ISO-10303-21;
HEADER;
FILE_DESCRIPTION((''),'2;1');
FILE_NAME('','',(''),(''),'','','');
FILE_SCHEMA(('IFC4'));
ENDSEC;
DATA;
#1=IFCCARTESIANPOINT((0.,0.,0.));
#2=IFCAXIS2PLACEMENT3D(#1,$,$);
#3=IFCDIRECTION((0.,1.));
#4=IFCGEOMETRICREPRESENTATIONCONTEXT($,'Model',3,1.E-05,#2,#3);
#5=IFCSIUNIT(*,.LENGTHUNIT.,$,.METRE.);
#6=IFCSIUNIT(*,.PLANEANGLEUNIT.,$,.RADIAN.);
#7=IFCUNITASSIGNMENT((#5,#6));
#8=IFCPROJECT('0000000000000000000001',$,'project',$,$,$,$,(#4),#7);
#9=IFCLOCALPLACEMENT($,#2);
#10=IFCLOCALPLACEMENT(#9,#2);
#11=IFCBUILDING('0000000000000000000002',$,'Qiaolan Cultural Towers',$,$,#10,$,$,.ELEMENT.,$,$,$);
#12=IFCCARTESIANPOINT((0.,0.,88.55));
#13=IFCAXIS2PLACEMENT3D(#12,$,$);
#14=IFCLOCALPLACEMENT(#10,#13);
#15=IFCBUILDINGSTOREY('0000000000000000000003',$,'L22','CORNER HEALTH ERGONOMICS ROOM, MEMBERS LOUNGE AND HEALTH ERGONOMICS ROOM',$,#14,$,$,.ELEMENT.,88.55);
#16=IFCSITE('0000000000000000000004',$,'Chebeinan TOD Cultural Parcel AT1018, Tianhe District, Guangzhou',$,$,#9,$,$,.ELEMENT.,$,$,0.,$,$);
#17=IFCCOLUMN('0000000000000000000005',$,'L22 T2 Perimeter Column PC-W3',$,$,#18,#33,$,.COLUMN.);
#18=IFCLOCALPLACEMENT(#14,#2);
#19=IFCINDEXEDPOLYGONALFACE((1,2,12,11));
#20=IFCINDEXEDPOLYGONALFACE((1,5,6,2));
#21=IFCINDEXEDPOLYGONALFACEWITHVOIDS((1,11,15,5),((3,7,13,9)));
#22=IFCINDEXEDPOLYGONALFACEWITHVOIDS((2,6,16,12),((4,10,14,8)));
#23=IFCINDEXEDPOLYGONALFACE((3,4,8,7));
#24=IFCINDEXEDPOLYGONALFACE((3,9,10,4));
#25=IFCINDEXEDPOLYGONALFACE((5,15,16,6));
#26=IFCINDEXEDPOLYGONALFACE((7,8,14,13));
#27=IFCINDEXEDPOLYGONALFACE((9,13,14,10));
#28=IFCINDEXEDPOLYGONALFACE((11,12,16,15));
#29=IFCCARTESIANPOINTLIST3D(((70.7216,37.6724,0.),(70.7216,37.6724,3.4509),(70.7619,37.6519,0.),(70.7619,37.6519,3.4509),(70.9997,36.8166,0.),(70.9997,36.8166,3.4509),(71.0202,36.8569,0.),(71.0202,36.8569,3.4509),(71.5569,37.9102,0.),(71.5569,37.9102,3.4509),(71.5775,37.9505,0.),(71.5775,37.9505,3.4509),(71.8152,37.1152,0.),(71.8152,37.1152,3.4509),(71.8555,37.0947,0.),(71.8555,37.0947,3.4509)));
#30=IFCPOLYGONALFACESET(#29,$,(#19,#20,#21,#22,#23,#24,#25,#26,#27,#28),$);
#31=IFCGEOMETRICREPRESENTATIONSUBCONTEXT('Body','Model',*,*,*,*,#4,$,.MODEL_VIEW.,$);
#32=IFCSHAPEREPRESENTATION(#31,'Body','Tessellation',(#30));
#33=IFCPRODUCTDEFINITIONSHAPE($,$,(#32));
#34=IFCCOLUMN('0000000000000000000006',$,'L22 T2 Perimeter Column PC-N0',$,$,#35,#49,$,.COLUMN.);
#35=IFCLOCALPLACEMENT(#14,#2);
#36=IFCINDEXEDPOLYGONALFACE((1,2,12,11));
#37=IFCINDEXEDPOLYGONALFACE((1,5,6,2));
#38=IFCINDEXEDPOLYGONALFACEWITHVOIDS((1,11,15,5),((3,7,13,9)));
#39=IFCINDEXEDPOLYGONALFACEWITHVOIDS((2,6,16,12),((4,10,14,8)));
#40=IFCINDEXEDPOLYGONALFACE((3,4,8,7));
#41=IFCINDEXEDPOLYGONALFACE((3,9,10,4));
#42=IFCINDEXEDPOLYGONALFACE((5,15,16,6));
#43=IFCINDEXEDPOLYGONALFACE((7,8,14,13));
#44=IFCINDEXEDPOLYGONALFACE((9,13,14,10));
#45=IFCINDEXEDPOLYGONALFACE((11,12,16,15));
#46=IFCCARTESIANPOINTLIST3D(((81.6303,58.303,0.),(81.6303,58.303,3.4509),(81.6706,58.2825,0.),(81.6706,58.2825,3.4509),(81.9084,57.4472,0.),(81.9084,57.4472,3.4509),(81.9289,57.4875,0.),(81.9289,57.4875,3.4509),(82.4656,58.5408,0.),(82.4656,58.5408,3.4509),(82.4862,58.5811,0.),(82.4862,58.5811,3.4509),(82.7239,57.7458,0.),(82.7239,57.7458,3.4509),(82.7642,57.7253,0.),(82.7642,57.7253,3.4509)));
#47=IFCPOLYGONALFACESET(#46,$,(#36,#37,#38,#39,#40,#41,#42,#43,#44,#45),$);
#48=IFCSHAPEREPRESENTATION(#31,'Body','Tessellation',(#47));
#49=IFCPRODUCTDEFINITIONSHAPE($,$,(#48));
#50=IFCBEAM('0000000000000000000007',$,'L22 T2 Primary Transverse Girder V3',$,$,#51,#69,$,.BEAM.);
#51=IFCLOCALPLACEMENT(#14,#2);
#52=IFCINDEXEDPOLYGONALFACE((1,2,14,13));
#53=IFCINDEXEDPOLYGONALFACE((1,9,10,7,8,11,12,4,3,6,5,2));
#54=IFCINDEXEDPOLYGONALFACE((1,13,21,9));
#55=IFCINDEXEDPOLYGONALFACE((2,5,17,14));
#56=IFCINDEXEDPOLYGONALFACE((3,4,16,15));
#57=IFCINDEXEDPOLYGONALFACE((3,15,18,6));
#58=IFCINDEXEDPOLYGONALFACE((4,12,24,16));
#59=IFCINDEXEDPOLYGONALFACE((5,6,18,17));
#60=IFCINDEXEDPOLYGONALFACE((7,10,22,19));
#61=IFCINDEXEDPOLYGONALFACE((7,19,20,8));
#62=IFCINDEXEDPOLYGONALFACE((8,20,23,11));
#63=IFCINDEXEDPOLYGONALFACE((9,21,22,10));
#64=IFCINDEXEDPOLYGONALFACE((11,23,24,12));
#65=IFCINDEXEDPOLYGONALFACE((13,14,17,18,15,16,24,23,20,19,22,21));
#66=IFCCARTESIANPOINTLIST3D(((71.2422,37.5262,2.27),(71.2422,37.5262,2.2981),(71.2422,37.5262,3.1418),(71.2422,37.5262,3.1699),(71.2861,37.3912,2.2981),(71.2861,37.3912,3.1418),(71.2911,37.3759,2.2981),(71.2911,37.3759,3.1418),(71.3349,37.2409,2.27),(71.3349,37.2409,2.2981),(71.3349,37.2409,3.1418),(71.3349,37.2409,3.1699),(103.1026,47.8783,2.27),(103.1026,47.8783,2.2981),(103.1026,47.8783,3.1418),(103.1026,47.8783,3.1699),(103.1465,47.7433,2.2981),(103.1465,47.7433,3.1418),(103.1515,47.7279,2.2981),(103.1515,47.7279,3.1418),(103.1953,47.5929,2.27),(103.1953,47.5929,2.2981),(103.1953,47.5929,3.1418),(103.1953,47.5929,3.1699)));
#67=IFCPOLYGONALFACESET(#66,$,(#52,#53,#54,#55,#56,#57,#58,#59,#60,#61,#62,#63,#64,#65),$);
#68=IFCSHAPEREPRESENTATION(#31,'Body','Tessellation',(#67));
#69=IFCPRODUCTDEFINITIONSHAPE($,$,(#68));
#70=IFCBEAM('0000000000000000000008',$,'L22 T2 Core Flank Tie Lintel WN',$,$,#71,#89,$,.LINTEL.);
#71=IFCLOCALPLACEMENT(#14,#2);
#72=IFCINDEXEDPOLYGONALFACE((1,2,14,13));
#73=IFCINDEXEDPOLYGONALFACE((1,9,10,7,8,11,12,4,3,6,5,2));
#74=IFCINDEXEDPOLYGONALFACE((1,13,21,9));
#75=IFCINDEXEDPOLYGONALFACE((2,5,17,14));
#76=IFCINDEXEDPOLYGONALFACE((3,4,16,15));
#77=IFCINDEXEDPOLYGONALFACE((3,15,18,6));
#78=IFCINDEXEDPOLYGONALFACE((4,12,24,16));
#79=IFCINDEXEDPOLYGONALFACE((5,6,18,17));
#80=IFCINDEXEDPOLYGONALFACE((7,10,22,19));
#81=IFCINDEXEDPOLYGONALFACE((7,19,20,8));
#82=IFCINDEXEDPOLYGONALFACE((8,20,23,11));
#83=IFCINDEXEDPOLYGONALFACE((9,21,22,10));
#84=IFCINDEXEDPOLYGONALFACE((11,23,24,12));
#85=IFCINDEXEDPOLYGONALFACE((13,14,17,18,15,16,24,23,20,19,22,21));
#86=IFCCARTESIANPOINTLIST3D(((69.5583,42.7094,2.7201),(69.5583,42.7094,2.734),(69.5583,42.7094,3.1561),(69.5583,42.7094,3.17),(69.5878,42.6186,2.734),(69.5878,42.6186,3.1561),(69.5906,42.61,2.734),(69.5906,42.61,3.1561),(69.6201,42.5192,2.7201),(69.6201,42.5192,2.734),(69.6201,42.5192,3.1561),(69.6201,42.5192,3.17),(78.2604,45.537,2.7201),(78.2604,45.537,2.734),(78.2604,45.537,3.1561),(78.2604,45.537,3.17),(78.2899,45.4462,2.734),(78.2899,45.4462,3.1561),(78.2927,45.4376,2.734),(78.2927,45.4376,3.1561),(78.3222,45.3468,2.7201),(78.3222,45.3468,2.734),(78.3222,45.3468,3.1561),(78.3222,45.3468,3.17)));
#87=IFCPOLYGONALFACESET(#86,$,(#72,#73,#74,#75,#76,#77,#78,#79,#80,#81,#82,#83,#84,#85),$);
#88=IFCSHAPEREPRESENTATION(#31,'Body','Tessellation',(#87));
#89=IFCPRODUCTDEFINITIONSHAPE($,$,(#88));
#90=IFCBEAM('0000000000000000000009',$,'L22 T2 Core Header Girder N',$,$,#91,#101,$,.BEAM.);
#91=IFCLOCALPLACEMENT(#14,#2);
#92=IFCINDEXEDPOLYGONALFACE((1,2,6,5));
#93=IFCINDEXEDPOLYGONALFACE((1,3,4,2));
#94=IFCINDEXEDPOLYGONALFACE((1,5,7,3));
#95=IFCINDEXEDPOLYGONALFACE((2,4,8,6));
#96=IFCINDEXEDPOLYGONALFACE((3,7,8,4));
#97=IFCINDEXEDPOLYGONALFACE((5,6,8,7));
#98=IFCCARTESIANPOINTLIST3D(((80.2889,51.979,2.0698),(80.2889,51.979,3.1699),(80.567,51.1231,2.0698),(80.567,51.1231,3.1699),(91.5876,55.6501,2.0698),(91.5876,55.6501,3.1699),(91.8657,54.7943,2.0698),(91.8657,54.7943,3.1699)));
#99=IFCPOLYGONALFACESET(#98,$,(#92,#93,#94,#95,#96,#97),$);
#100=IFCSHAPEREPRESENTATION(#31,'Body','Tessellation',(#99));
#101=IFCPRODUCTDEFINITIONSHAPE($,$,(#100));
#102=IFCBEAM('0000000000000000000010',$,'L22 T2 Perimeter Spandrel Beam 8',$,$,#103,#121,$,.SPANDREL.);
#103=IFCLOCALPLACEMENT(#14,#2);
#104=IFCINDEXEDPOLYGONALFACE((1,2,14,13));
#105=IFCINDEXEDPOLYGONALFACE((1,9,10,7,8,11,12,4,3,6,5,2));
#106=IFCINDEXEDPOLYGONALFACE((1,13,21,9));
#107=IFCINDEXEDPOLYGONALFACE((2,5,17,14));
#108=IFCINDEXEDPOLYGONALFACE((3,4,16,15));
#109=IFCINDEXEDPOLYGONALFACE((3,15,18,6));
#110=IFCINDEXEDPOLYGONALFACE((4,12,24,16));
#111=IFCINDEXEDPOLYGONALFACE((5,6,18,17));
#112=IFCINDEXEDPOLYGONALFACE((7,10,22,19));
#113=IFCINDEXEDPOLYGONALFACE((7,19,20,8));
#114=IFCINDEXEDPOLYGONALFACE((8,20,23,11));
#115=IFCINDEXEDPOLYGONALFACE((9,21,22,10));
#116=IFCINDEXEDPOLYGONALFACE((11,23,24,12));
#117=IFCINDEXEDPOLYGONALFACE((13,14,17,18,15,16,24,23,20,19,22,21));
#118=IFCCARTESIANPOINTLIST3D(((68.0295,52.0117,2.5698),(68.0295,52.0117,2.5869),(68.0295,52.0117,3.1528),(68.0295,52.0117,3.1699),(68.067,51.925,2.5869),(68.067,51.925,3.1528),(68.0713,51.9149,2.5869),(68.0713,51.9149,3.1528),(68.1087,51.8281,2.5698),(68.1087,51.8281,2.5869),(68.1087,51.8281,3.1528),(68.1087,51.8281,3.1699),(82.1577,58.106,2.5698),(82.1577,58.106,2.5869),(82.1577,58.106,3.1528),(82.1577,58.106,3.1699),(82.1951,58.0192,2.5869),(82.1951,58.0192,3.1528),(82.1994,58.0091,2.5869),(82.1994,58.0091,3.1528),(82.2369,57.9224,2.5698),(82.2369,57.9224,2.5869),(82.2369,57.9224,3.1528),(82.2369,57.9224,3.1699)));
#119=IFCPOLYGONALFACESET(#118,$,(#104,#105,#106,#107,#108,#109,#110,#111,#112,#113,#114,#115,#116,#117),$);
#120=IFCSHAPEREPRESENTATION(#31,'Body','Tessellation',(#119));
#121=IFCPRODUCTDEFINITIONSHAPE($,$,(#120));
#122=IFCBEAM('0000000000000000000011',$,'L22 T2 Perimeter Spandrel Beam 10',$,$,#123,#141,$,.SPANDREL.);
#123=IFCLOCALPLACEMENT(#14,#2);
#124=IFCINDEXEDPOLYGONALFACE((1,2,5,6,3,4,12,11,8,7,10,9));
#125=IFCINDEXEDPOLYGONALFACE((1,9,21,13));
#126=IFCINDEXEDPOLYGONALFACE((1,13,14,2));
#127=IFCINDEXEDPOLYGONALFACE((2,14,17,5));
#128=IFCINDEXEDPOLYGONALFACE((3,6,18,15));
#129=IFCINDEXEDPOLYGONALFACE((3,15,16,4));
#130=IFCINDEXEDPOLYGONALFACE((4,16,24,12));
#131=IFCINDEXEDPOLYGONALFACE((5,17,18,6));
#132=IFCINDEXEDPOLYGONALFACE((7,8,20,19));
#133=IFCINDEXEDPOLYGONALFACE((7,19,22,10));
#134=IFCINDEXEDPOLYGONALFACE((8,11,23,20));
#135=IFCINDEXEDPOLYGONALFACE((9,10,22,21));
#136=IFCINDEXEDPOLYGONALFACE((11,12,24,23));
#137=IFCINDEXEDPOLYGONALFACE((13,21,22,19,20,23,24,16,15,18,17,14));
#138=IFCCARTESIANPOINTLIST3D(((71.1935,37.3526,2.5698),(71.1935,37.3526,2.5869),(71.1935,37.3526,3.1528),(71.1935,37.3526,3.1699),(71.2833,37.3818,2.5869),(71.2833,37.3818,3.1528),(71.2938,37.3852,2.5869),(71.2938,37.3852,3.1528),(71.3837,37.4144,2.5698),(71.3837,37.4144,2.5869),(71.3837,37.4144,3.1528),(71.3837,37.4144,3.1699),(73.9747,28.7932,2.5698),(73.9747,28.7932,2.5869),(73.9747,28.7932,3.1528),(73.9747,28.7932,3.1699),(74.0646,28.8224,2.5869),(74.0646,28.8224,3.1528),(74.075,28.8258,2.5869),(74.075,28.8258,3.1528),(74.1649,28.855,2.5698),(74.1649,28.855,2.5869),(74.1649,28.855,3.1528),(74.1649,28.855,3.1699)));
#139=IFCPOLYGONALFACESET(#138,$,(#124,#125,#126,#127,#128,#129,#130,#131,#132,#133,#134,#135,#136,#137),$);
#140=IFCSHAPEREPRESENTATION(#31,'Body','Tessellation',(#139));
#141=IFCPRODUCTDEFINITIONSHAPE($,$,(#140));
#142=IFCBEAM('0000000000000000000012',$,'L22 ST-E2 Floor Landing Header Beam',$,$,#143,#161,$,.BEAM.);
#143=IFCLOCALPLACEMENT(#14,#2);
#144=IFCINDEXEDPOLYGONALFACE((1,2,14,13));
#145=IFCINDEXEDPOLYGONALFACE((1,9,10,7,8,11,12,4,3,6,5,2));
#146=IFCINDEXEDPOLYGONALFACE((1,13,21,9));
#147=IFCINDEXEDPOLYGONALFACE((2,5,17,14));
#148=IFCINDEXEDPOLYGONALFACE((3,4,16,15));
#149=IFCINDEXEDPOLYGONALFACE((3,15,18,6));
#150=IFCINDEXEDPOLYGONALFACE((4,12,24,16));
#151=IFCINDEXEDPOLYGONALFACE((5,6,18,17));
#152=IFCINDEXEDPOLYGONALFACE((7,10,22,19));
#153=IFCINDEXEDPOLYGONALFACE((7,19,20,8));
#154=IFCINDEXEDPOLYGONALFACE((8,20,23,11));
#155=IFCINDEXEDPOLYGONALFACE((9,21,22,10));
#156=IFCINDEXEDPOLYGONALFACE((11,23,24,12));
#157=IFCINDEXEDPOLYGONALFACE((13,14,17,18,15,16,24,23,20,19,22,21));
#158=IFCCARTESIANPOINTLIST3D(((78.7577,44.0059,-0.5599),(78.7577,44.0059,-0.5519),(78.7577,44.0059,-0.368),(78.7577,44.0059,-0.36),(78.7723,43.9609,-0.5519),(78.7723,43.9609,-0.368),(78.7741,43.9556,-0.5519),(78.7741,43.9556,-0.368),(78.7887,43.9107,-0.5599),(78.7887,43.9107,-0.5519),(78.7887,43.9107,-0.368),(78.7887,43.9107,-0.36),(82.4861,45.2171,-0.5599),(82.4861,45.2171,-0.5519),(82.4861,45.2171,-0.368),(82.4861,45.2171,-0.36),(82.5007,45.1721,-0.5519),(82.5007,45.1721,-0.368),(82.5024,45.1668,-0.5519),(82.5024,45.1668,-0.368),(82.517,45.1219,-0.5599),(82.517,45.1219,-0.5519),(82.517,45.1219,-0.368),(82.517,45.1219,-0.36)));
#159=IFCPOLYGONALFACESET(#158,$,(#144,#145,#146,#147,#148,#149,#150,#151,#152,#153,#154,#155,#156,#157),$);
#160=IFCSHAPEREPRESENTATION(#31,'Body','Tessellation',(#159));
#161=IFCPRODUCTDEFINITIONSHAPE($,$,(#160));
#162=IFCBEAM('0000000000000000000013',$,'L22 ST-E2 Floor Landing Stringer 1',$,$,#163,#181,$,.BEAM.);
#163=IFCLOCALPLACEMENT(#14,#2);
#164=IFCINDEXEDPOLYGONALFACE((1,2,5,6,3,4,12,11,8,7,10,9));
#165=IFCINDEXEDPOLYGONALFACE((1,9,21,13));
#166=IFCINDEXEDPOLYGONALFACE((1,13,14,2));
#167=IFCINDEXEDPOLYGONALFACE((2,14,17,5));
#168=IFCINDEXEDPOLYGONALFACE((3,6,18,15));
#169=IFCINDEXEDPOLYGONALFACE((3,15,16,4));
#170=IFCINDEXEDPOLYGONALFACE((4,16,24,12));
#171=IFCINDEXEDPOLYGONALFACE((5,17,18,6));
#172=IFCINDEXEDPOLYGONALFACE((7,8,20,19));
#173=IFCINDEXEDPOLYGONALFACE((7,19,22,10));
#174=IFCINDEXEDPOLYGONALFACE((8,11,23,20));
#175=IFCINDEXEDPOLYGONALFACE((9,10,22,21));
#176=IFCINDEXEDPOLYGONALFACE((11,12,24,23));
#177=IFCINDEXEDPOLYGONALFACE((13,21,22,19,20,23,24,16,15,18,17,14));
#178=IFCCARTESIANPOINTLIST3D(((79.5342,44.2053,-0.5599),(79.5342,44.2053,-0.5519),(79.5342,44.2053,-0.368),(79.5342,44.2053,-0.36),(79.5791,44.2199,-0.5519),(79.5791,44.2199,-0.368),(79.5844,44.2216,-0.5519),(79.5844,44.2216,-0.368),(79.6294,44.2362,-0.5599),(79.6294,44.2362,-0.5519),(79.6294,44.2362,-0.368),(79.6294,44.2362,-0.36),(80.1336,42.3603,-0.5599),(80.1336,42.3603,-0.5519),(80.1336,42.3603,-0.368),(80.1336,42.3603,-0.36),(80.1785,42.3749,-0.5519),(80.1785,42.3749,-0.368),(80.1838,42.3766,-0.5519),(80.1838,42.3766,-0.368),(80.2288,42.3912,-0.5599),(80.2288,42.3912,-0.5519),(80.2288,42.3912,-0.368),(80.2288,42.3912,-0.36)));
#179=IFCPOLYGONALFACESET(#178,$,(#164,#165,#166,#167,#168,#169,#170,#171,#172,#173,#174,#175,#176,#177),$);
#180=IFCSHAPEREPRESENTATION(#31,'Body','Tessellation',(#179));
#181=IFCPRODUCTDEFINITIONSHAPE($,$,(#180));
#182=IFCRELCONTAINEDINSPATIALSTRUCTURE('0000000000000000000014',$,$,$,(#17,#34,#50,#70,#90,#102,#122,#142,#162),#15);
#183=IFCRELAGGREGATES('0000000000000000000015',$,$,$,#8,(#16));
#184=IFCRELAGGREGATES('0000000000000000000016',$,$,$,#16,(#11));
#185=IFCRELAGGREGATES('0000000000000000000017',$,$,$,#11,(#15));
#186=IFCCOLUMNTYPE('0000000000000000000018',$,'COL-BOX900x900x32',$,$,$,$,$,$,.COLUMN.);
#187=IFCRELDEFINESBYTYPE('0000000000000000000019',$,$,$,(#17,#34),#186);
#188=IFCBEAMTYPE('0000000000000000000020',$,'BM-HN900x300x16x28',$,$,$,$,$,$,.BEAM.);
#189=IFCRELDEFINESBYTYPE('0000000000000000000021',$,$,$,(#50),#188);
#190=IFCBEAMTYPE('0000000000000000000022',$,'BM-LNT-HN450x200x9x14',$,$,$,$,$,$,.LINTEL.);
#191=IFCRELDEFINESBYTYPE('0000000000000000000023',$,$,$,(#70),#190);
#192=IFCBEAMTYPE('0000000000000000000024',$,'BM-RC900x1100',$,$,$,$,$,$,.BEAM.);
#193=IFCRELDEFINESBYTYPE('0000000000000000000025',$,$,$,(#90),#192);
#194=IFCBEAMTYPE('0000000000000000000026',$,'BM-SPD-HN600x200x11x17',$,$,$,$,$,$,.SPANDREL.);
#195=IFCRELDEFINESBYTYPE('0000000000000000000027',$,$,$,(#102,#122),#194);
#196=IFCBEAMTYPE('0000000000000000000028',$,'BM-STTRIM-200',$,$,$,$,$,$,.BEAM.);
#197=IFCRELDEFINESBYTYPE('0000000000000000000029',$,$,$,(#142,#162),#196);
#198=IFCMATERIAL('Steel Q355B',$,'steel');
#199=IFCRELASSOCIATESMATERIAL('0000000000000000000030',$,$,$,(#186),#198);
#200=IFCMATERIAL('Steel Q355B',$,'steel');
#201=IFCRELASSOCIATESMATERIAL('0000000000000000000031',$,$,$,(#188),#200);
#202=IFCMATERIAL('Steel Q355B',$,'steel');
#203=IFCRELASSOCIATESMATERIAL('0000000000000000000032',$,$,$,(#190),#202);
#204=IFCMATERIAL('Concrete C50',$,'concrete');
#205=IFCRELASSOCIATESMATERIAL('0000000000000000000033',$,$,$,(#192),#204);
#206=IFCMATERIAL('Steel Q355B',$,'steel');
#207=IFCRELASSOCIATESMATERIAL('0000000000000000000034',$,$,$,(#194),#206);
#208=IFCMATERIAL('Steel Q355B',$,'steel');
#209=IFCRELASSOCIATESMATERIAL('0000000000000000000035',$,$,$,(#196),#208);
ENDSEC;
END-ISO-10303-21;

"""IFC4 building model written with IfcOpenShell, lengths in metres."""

from ifc_helpers import new_model, si_unit, direction, frame, origin, origin_2d, place, context, subcontext, project, spatial, rectangle, hollow_rectangle, i_section, extrude, material, material_profile, profile_set, type_object, element, save


model = new_model("IFC4")

# Units and contexts
model_context = context("Model", 3, precision=1e-05, world=origin(), true_north=direction((0.0, 1.0)))
body_context = subcontext(model_context, "Body", "Model", "MODEL_VIEW")
ifc_project = project(units=[si_unit("LENGTHUNIT", "METRE"), si_unit("PLANEANGLEUNIT", "RADIAN")], contexts=[model_context])

# Site, building, storey
site_placement = place(None, origin())
site = spatial("IfcSite", under=ifc_project, at=site_placement, Name="Chebeinan TOD Cultural Parcel AT1018, Tianhe District, Guangzhou", CompositionType="ELEMENT", RefElevation=0.0)
building_placement = place(site_placement, origin())
building = spatial("IfcBuilding", under=site, at=building_placement, Name="Qiaolan Cultural Towers", CompositionType="ELEMENT")
storey_placement = place(building_placement, frame((0.0, 0.0, 88.55)))
storey = spatial("IfcBuildingStorey", under=building, at=storey_placement, Name="L22", Description="CORNER HEALTH ERGONOMICS ROOM, MEMBERS LOUNGE AND HEALTH ERGONOMICS ROOM", CompositionType="ELEMENT", Elevation=88.55)

# Columns
ifc_material_1 = material(Name="Steel Q355B", Category="steel")
ifc_material_profile_1 = material_profile(ifc_material_1, hollow_rectangle(XDim=0.8999, YDim=0.8999, WallThickness=0.032, at=origin_2d()), Name="BOX900x900x32")
ifc_profile_set_1 = profile_set([ifc_material_profile_1], Name="Steel Q355B")
column_type = type_object("IfcColumnType", Name="COL-BOX900x900x32", PredefinedType="COLUMN", material=ifc_profile_set_1)
for number, where, z_axis, x_axis, name in (
    (1, (71.2886, 37.3835, 0.0), (0.0, 0.0, 1.0), (0.951057, 0.309017, 0.0), "L22 T2 Perimeter Column PC-W3"),
    (2, (82.1973, 58.0142, 0.0), (0.0, 0.0, 1.0), (0.951057, 0.309017, 0.0), "L22 T2 Perimeter Column PC-N0"),
):
    element("IfcColumn", number, at=place(storey_placement, frame(where, z_axis=z_axis, x_axis=x_axis)), inside=storey, type_object=column_type, Name=name, PredefinedType="COLUMN", context=body_context, shape_type="SweptSolid", body=[
        extrude(hollow_rectangle(XDim=0.8999, YDim=0.8999, WallThickness=0.032, at=origin_2d()), origin(), (0.0, 0.0, 1.0), 3.4509),
    ])

# Beams
ifc_material_2 = material(Name="Steel Q355B", Category="steel")
ifc_material_profile_2 = material_profile(ifc_material_2, i_section(OverallWidth=0.3, OverallDepth=0.8999, WebThickness=0.0161, FlangeThickness=0.0281, at=origin_2d()), Name="HN900x300x16x28")
ifc_profile_set_2 = profile_set([ifc_material_profile_2], Name="Steel Q355B")
beam_type_1 = type_object("IfcBeamType", Name="BM-HN900x300x16x28", PredefinedType="BEAM", material=ifc_profile_set_2)
beam_1_placement = place(storey_placement, frame((71.2886, 37.3835, 2.72), z_axis=(0.951057, 0.309017, 0.0), x_axis=(-0.309017, 0.951057, 0.0)))
element("IfcBeam", 3, at=beam_1_placement, inside=storey, type_object=beam_type_1, Name="L22 T2 Primary Transverse Girder V3", PredefinedType="BEAM", context=body_context, shape_type="SweptSolid", body=[
    extrude(i_section(OverallWidth=0.3, OverallDepth=0.8999, WebThickness=0.0161, FlangeThickness=0.0281, at=origin_2d()), origin(), (0.0, 0.0, 1.0), 33.5),
])
ifc_material_3 = material(Name="Steel Q355B", Category="steel")
ifc_material_profile_3 = material_profile(ifc_material_3, i_section(OverallWidth=0.2, OverallDepth=0.45, WebThickness=0.009, FlangeThickness=0.0139, at=origin_2d()), Name="HN450x200x9x14")
ifc_profile_set_3 = profile_set([ifc_material_profile_3], Name="Steel Q355B")
beam_type_2 = type_object("IfcBeamType", Name="BM-LNT-HN450x200x9x14", PredefinedType="LINTEL", material=ifc_profile_set_3)
beam_2_placement = place(storey_placement, frame((78.2913, 45.4419, 2.9451), z_axis=(-0.951052, -0.309031, 0.0), x_axis=(0.309031, -0.951052, 0.0)))
element("IfcBeam", 4, at=beam_2_placement, inside=storey, type_object=beam_type_2, Name="L22 T2 Core Flank Tie Lintel WN", PredefinedType="LINTEL", context=body_context, shape_type="SweptSolid", body=[
    extrude(i_section(OverallWidth=0.2, OverallDepth=0.45, WebThickness=0.009, FlangeThickness=0.0139, at=origin_2d()), origin(), (0.0, 0.0, 1.0), 9.1499),
])
ifc_material_4 = material(Name="Concrete C50", Category="concrete")
ifc_material_profile_4 = material_profile(ifc_material_4, rectangle(XDim=0.8999, YDim=1.1001, at=origin_2d()), Name="RC900x1100")
ifc_profile_set_4 = profile_set([ifc_material_profile_4], Name="Concrete C50")
beam_type_3 = type_object("IfcBeamType", Name="BM-RC900x1100", PredefinedType="BEAM", material=ifc_profile_set_4)
beam_3_placement = place(storey_placement, frame((80.428, 51.551, 2.6199), z_axis=(0.951056, 0.309018, 0.0), x_axis=(-0.309018, 0.951056, 0.0)))
element("IfcBeam", 5, at=beam_3_placement, inside=storey, type_object=beam_type_3, Name="L22 T2 Core Header Girder N", PredefinedType="BEAM", context=body_context, shape_type="SweptSolid", body=[
    extrude(rectangle(XDim=0.8999, YDim=1.1001, at=origin_2d()), origin(), (0.0, 0.0, 1.0), 11.8801),
])
ifc_material_5 = material(Name="Steel Q355B", Category="steel")
ifc_material_profile_5 = material_profile(ifc_material_5, i_section(OverallWidth=0.2, OverallDepth=0.6001, WebThickness=0.011, FlangeThickness=0.0171, at=origin_2d()), Name="HN600x200x11x17")
ifc_profile_set_5 = profile_set([ifc_material_profile_5], Name="Steel Q355B")
beam_type_4 = type_object("IfcBeamType", Name="BM-SPD-HN600x200x11x17", PredefinedType="SPANDREL", material=ifc_profile_set_5)
beam_4_placement = place(storey_placement, frame((82.1973, 58.0142, 2.8699), z_axis=(-0.918218, -0.396076, 0.0), x_axis=(0.396076, -0.918218, 0.0)))
element("IfcBeam", 6, at=beam_4_placement, inside=storey, type_object=beam_type_4, Name="L22 T2 Perimeter Spandrel Beam 8", PredefinedType="SPANDREL", context=body_context, shape_type="SweptSolid", body=[
    extrude(i_section(OverallWidth=0.2, OverallDepth=0.6001, WebThickness=0.011, FlangeThickness=0.0171, at=origin_2d()), origin(), (0.0, 0.0, 1.0), 15.3865),
])
beam_5_placement = place(storey_placement, frame((71.2886, 37.3835, 2.8699), z_axis=(0.309025, -0.951054, 0.0), x_axis=(0.951054, 0.309025, 0.0)))
element("IfcBeam", 7, at=beam_5_placement, inside=storey, type_object=beam_type_4, Name="L22 T2 Perimeter Spandrel Beam 10", PredefinedType="SPANDREL", context=body_context, shape_type="SweptSolid", body=[
    extrude(i_section(OverallWidth=0.2, OverallDepth=0.6001, WebThickness=0.011, FlangeThickness=0.0171, at=origin_2d()), origin(), (0.0, 0.0, 1.0), 9.0),
])
ifc_material_6 = material(Name="Steel Q355B", Category="steel")
ifc_material_profile_6 = material_profile(ifc_material_6, i_section(OverallWidth=0.1001, OverallDepth=0.2, WebThickness=0.0056, FlangeThickness=0.0081, at=origin_2d()), Name="HN200x100x5.5x8")
ifc_profile_set_6 = profile_set([ifc_material_profile_6], Name="Steel Q355B")
beam_type_5 = type_object("IfcBeamType", Name="BM-STTRIM-200", PredefinedType="BEAM", material=ifc_profile_set_6)
beam_6_placement = place(storey_placement, frame((78.7732, 43.9583, -0.46), z_axis=(0.951072, 0.308969, 0.0), x_axis=(-0.308969, 0.951072, 0.0)))
element("IfcBeam", 8, at=beam_6_placement, inside=storey, type_object=beam_type_5, Name="L22 ST-E2 Floor Landing Header Beam", PredefinedType="BEAM", context=body_context, shape_type="SweptSolid", body=[
    extrude(i_section(OverallWidth=0.1001, OverallDepth=0.2, WebThickness=0.0056, FlangeThickness=0.0081, at=origin_2d()), origin(), (0.0, 0.0, 1.0), 3.9202),
])
for number, where, z_axis, x_axis, name in (
    (9, (80.1812, 42.3757, -0.46), (-0.308969, 0.951072, 0.0), (-0.951072, -0.308969, 0.0), "L22 ST-E2 Floor Landing Stringer 1"),
):
    element("IfcBeam", number, at=place(storey_placement, frame(where, z_axis=z_axis, x_axis=x_axis)), inside=storey, type_object=beam_type_5, Name=name, PredefinedType="BEAM", context=body_context, shape_type="SweptSolid", body=[
        extrude(i_section(OverallWidth=0.1001, OverallDepth=0.2, WebThickness=0.0056, FlangeThickness=0.0081, at=origin_2d()), origin(), (0.0, 0.0, 1.0), 1.9399),
    ])

save(model, "model.ifc")
